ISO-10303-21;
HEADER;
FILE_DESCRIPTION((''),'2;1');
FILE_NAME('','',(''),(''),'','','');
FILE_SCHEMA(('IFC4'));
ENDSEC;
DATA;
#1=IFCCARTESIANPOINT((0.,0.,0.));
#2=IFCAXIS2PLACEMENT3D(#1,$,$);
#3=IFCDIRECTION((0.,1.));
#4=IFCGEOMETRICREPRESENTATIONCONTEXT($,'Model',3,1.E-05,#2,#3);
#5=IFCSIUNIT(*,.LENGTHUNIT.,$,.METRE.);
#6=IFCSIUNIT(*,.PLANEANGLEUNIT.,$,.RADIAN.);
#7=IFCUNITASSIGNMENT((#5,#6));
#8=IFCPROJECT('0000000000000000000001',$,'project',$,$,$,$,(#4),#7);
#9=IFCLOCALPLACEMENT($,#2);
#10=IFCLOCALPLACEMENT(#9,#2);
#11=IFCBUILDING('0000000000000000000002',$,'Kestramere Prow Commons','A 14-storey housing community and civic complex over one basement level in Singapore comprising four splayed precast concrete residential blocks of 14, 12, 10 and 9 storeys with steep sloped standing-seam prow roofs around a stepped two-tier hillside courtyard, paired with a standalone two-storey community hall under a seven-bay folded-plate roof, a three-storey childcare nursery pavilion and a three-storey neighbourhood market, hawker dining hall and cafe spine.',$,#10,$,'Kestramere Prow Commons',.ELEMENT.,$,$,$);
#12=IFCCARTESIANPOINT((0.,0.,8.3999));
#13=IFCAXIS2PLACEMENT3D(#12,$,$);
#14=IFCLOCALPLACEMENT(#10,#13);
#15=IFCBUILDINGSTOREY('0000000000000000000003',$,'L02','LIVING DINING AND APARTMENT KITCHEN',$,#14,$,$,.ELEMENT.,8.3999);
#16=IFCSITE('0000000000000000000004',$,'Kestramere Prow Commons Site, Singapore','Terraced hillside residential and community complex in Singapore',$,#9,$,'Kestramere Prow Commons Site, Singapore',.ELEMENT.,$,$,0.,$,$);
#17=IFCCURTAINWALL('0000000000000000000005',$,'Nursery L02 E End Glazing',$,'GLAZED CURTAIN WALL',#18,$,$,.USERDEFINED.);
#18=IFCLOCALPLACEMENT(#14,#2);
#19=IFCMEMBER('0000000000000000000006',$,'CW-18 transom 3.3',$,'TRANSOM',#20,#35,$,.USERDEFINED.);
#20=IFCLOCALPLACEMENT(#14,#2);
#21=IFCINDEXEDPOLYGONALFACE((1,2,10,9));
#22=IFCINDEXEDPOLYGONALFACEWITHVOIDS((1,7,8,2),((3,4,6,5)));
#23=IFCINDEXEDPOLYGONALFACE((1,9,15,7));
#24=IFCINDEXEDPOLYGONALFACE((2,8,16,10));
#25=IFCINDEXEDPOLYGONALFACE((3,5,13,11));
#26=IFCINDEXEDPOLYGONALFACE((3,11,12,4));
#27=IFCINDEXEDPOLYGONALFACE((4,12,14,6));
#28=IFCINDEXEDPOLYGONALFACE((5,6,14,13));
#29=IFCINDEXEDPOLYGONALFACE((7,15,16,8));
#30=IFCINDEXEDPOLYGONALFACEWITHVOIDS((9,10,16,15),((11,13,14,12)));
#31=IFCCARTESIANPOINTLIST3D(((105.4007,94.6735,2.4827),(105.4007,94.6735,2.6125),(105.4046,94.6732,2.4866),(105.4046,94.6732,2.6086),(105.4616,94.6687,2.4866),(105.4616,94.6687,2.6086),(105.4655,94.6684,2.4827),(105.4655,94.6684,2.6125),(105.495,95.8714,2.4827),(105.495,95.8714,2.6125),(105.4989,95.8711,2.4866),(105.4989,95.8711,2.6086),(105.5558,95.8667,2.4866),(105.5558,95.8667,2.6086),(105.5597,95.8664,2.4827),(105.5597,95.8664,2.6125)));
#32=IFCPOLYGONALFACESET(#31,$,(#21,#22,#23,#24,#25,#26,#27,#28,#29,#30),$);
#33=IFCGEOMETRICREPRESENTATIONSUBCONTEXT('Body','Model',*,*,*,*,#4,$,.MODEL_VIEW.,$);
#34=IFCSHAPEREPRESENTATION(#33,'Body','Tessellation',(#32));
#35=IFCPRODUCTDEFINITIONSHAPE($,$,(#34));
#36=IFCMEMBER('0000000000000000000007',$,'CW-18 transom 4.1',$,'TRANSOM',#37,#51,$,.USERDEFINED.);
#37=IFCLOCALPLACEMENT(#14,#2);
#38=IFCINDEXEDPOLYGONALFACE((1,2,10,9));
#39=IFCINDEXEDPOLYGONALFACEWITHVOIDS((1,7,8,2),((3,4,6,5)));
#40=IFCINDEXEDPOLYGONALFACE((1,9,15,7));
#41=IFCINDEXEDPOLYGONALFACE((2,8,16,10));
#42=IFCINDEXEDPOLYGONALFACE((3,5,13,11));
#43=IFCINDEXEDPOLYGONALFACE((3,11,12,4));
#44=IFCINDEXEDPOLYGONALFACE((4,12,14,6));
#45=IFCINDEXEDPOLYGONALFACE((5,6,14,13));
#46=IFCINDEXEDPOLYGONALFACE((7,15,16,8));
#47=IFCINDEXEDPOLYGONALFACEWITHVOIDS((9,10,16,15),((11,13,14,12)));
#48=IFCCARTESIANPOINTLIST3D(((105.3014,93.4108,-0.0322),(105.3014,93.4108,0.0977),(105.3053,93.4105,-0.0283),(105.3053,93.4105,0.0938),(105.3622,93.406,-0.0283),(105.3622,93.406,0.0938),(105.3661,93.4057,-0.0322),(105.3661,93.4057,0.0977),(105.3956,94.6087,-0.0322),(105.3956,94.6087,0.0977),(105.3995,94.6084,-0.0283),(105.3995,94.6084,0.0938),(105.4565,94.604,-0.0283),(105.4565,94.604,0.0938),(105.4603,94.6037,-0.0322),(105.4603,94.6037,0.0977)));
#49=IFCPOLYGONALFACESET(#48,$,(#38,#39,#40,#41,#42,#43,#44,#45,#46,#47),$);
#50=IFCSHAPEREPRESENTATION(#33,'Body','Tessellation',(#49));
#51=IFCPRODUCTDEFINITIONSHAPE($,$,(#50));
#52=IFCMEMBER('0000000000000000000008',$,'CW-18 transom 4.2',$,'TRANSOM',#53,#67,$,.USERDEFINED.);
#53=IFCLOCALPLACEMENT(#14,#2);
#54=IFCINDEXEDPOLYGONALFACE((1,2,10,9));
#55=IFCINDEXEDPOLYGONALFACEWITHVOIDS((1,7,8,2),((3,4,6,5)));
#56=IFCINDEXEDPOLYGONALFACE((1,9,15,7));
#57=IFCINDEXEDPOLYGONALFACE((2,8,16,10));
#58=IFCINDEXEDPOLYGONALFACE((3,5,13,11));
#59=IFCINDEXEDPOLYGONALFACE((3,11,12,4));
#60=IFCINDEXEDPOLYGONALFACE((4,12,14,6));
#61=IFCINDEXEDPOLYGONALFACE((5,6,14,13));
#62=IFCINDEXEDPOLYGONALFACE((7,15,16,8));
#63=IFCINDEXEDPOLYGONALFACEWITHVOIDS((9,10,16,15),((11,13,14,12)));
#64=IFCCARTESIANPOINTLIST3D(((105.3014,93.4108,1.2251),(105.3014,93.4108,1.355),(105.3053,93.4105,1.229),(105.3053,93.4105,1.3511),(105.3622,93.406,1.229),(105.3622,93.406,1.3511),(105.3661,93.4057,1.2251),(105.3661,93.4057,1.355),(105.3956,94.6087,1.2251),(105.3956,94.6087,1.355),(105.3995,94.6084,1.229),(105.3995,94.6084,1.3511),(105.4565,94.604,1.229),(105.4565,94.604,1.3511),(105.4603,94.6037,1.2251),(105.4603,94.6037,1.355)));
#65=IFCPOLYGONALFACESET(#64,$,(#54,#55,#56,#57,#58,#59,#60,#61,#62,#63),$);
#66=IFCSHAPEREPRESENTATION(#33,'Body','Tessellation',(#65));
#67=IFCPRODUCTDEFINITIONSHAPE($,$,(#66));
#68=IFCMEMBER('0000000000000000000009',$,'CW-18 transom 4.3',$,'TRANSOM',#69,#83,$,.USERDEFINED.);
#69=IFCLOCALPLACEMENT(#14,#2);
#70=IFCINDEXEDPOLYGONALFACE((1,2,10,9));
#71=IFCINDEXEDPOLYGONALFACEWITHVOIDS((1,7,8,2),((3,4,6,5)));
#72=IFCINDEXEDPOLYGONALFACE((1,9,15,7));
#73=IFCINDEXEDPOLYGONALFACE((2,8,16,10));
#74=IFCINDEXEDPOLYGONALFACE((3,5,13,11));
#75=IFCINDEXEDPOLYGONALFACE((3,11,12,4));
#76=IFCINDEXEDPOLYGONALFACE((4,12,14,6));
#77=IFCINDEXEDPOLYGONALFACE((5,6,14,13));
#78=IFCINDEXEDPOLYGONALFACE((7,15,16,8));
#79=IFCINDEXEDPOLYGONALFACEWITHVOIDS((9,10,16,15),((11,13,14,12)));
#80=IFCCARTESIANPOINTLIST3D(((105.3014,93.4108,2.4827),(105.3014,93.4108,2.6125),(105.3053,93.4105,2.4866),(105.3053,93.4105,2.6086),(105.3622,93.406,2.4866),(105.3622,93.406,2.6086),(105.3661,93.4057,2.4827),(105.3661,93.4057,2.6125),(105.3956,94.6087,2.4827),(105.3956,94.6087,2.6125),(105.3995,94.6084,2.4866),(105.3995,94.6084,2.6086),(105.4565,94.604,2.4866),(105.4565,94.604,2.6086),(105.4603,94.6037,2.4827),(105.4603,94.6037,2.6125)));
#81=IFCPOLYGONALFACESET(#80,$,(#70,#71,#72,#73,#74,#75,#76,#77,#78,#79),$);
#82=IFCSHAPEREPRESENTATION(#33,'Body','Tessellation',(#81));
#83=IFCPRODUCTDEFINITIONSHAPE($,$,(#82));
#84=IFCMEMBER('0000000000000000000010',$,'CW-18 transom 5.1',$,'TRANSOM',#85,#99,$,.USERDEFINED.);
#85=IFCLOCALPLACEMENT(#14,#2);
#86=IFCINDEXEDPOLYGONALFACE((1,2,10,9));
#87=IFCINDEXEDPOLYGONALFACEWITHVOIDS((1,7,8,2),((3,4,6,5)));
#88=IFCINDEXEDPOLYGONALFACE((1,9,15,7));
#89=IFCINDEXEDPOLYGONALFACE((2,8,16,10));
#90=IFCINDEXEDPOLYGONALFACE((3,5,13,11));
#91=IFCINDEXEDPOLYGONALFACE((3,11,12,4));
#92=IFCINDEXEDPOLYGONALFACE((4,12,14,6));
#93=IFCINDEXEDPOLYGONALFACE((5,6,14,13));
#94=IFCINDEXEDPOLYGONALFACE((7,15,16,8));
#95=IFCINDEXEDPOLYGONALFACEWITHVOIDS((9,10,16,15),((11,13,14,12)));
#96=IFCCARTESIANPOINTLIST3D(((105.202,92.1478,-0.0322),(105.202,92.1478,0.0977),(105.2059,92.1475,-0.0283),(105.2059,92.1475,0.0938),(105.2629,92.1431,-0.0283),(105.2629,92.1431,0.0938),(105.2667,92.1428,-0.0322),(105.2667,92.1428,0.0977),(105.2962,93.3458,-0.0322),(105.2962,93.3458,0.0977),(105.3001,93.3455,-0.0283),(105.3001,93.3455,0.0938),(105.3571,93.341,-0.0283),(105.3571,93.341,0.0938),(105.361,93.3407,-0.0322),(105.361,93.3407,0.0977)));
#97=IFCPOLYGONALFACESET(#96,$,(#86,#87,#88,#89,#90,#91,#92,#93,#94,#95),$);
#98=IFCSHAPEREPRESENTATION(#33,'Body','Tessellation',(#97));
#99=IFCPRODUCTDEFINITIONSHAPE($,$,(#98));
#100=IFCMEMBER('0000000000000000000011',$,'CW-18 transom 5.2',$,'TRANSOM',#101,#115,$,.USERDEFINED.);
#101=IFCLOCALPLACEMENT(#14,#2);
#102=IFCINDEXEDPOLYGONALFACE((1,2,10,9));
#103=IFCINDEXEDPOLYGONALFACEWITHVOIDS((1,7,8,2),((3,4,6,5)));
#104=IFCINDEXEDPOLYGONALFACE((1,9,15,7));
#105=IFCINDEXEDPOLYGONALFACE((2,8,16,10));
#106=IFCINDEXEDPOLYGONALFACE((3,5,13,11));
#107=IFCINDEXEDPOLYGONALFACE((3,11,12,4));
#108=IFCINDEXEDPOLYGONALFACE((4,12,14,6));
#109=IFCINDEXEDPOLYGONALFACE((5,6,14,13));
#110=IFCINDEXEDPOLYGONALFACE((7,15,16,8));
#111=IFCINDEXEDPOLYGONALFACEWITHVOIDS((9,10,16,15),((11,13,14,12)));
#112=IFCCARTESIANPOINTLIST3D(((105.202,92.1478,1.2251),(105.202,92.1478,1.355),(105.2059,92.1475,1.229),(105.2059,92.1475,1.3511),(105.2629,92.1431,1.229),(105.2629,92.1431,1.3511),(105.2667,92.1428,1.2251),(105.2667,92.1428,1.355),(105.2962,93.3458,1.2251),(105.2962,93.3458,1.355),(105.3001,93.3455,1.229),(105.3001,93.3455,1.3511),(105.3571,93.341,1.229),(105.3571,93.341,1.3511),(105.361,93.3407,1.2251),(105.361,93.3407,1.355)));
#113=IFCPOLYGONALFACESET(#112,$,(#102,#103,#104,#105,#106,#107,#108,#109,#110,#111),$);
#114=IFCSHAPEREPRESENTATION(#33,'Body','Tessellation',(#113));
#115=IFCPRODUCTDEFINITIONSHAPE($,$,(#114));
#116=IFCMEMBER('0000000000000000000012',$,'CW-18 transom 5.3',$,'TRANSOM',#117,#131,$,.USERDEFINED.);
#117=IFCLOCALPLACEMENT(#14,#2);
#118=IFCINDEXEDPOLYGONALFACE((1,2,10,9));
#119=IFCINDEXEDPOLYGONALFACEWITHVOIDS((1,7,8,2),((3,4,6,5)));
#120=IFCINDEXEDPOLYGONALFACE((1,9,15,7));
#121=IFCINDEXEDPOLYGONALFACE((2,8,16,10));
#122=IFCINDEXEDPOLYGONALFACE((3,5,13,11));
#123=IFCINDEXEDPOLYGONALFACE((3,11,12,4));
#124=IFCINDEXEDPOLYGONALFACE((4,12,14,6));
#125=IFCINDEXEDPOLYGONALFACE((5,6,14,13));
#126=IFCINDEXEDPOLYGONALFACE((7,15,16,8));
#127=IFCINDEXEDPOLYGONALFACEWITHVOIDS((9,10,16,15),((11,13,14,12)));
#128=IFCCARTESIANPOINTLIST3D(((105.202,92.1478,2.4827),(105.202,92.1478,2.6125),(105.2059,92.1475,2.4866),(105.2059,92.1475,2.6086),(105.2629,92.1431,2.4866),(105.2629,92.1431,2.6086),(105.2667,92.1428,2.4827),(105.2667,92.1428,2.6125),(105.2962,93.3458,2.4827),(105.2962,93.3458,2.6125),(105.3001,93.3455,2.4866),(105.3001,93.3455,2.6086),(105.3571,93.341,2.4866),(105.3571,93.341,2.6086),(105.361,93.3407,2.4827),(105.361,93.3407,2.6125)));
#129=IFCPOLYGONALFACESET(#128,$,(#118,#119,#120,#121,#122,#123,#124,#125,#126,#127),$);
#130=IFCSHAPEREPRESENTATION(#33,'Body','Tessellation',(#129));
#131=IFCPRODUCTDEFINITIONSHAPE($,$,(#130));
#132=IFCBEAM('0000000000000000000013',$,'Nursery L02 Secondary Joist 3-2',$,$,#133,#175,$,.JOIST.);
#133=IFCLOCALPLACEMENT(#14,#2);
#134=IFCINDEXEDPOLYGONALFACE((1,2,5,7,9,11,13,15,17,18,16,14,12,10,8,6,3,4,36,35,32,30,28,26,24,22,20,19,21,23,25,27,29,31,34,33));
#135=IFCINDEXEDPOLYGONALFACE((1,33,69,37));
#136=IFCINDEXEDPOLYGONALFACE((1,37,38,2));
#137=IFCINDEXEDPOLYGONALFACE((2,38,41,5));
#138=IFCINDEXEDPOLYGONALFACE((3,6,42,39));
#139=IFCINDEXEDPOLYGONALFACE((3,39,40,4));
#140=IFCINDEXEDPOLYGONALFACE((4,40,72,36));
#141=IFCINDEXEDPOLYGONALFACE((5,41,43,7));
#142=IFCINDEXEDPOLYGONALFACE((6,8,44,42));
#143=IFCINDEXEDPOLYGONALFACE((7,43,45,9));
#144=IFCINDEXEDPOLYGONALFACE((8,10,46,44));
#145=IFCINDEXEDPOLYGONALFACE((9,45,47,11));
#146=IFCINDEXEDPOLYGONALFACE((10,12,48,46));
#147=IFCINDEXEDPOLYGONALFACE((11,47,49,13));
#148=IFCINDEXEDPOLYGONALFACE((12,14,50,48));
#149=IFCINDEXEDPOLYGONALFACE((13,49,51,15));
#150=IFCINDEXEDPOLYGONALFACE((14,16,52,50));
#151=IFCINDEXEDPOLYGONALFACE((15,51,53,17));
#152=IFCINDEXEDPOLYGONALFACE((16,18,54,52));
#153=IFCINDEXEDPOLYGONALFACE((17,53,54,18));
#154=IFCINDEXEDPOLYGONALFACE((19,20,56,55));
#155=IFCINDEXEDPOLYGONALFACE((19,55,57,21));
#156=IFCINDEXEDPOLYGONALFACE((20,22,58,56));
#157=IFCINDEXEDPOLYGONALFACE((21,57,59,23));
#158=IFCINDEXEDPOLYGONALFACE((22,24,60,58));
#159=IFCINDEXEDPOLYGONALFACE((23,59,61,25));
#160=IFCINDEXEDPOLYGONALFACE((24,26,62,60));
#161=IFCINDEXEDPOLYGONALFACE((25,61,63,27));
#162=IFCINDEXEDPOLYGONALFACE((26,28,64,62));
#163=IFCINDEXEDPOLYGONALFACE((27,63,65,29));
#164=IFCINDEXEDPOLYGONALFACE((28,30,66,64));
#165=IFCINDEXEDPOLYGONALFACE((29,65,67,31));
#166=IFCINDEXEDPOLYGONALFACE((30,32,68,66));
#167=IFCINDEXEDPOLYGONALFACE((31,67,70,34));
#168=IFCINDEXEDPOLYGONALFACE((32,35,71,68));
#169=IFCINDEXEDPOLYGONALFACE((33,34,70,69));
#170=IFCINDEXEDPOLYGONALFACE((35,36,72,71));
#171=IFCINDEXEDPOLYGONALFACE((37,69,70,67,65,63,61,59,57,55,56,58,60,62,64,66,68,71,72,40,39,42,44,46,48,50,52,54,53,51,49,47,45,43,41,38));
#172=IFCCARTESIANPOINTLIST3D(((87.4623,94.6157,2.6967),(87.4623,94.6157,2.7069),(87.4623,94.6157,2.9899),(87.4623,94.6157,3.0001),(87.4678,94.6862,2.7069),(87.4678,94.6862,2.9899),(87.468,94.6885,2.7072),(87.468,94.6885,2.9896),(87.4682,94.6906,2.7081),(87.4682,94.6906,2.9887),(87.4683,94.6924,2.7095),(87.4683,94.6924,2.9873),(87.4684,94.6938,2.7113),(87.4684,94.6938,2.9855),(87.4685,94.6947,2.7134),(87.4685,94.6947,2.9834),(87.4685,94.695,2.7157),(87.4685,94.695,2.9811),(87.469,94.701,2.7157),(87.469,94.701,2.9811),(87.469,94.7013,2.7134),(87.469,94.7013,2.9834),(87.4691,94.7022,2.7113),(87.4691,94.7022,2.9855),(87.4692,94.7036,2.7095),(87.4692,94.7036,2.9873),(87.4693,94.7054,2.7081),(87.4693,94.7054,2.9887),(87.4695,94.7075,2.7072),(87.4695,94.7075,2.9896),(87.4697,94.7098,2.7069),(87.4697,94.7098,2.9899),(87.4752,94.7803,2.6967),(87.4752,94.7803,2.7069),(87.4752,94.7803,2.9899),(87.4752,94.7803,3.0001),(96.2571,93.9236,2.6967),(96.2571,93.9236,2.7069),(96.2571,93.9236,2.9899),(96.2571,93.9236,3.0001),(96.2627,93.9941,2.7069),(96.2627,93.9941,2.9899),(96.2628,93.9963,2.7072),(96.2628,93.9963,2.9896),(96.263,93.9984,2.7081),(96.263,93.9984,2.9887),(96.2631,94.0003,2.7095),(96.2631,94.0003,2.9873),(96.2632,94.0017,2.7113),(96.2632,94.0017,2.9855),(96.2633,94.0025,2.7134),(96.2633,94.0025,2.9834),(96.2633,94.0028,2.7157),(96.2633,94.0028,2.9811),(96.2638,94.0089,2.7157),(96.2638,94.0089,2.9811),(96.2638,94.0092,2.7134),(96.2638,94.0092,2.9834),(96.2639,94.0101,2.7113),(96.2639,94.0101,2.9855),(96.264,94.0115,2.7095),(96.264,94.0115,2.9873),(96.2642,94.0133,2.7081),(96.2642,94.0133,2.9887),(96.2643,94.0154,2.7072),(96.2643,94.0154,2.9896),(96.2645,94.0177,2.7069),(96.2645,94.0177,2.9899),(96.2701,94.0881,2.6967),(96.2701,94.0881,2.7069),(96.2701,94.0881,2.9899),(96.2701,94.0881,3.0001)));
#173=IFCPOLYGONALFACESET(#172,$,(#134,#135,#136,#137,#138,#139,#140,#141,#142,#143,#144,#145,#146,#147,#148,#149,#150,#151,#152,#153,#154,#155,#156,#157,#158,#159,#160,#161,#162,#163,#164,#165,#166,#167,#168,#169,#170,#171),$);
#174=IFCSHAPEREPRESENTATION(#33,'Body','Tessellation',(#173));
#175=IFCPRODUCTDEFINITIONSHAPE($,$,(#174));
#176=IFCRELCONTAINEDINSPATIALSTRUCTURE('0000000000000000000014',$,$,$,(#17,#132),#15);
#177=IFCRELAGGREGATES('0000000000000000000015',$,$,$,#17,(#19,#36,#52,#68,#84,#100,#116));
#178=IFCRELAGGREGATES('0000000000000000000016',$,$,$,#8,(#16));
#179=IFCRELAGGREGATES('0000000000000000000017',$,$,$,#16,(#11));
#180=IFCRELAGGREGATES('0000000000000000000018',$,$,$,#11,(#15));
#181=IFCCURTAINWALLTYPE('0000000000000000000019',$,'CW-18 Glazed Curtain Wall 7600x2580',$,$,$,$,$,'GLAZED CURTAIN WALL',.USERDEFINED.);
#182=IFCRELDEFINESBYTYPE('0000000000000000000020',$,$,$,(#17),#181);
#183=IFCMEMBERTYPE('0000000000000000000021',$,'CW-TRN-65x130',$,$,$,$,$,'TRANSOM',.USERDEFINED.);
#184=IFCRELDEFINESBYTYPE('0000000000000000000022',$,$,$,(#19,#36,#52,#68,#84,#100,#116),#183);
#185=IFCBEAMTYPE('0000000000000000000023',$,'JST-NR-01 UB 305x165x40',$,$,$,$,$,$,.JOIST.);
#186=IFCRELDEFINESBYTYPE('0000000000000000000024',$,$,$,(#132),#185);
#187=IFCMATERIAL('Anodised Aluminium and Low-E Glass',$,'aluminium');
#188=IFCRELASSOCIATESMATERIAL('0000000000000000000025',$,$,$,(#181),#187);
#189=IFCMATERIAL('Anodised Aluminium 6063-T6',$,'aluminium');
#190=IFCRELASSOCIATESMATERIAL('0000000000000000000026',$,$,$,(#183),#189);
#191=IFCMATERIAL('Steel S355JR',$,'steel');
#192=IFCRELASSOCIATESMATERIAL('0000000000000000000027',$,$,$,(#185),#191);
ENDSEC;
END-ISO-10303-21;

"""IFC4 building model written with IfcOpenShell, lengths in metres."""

from ifc_helpers import new_model, si_unit, direction, frame, origin, origin_2d, place, context, subcontext, project, spatial, hollow_rectangle, i_section, extrude, material, material_profile, profile_set, type_object, element, aggregate, save


model = new_model("IFC4")

# Units and contexts
model_context = context("Model", 3, precision=1e-05, world=origin(), true_north=direction((0.0, 1.0)))
body_context = subcontext(model_context, "Body", "Model", "MODEL_VIEW")
ifc_project = project(units=[si_unit("LENGTHUNIT", "METRE"), si_unit("PLANEANGLEUNIT", "RADIAN")], contexts=[model_context])

# Site, building, storey
site_placement = place(None, origin())
site = spatial("IfcSite", under=ifc_project, at=site_placement, Name="Kestramere Prow Commons Site, Singapore", Description="Terraced hillside residential and community complex in Singapore", LongName="Kestramere Prow Commons Site, Singapore", CompositionType="ELEMENT", RefElevation=0.0)
building_placement = place(site_placement, origin())
building = spatial("IfcBuilding", under=site, at=building_placement, Name="Kestramere Prow Commons", Description="A 14-storey housing community and civic complex over one basement level in Singapore comprising four splayed precast concrete residential blocks of 14, 12, 10 and 9 storeys with steep sloped standing-seam prow roofs around a stepped two-tier hillside courtyard, paired with a standalone two-storey community hall under a seven-bay folded-plate roof, a three-storey childcare nursery pavilion and a three-storey neighbourhood market, hawker dining hall and cafe spine.", LongName="Kestramere Prow Commons", CompositionType="ELEMENT")
storey_placement = place(building_placement, frame((0.0, 0.0, 8.3999)))
storey = spatial("IfcBuildingStorey", under=building, at=storey_placement, Name="L02", Description="LIVING DINING AND APARTMENT KITCHEN", CompositionType="ELEMENT", Elevation=8.3999)

# Shared definitions
ifc_material_1 = material(Name="Steel S355JR", Category="steel")

# Curtain wall, members
ifc_material_2 = material(Name="Anodised Aluminium and Low-E Glass", Category="aluminium")
curtain_wall_type = type_object("IfcCurtainWallType", Name="CW-18 Glazed Curtain Wall 7600x2580", ElementType="GLAZED CURTAIN WALL", PredefinedType="USERDEFINED", material=ifc_material_2)
curtain_wall_placement = place(storey_placement, origin())
curtain_wall = element("IfcCurtainWall", 1, at=curtain_wall_placement, inside=storey, type_object=curtain_wall_type, Name="Nursery L02 E End Glazing", ObjectType="GLAZED CURTAIN WALL", PredefinedType="USERDEFINED")
ifc_material_3 = material(Name="Anodised Aluminium 6063-T6", Category="aluminium")
ifc_material_profile_1 = material_profile(ifc_material_3, hollow_rectangle(XDim=0.0649, YDim=0.1299, WallThickness=0.0039, at=origin_2d()), Name="ALU-TRN 65x130")
ifc_profile_set_1 = profile_set([ifc_material_profile_1], Name="Anodised Aluminium 6063-T6")
member_type_1 = type_object("IfcMemberType", Name="CW-TRN-65x130", ElementType="TRANSOM", PredefinedType="USERDEFINED", material=ifc_profile_set_1)
member_1_placement = place(storey_placement, frame((105.5273, 95.8689, 2.5476), z_axis=(-0.078421, -0.99692, 0.0), x_axis=(0.99692, -0.078421, 0.0)))
member_1 = element("IfcMember", 2, at=member_1_placement, type_object=member_type_1, Name="CW-18 transom 3.3", ObjectType="TRANSOM", PredefinedType="USERDEFINED", context=body_context, shape_type="SweptSolid", body=[
    extrude(hollow_rectangle(XDim=0.0649, YDim=0.1299, WallThickness=0.0039, at=origin_2d()), origin(), (0.0, 0.0, 1.0), 1.2017),
])
member_2_placement = place(storey_placement, frame((105.428, 94.6062, 0.0327), z_axis=(-0.078421, -0.99692, 0.0), x_axis=(0.99692, -0.078421, 0.0)))
member_2 = element("IfcMember", 3, at=member_2_placement, type_object=member_type_1, Name="CW-18 transom 4.1", ObjectType="TRANSOM", PredefinedType="USERDEFINED", context=body_context, shape_type="SweptSolid", body=[
    extrude(hollow_rectangle(XDim=0.0649, YDim=0.1299, WallThickness=0.0039, at=origin_2d()), origin(), (0.0, 0.0, 1.0), 1.2017),
])
member_3_placement = place(storey_placement, frame((105.428, 94.6062, 1.29), z_axis=(-0.078421, -0.99692, 0.0), x_axis=(0.99692, -0.078421, 0.0)))
member_3 = element("IfcMember", 4, at=member_3_placement, type_object=member_type_1, Name="CW-18 transom 4.2", ObjectType="TRANSOM", PredefinedType="USERDEFINED", context=body_context, shape_type="SweptSolid", body=[
    extrude(hollow_rectangle(XDim=0.0649, YDim=0.1299, WallThickness=0.0039, at=origin_2d()), origin(), (0.0, 0.0, 1.0), 1.2017),
])
member_4_placement = place(storey_placement, frame((105.428, 94.6062, 2.5476), z_axis=(-0.078421, -0.99692, 0.0), x_axis=(0.99692, -0.078421, 0.0)))
member_4 = element("IfcMember", 5, at=member_4_placement, type_object=member_type_1, Name="CW-18 transom 4.3", ObjectType="TRANSOM", PredefinedType="USERDEFINED", context=body_context, shape_type="SweptSolid", body=[
    extrude(hollow_rectangle(XDim=0.0649, YDim=0.1299, WallThickness=0.0039, at=origin_2d()), origin(), (0.0, 0.0, 1.0), 1.2017),
])
member_5_placement = place(storey_placement, frame((105.3286, 93.3433, 0.0327), z_axis=(-0.078421, -0.99692, 0.0), x_axis=(0.99692, -0.078421, 0.0)))
member_5 = element("IfcMember", 6, at=member_5_placement, type_object=member_type_1, Name="CW-18 transom 5.1", ObjectType="TRANSOM", PredefinedType="USERDEFINED", context=body_context, shape_type="SweptSolid", body=[
    extrude(hollow_rectangle(XDim=0.0649, YDim=0.1299, WallThickness=0.0039, at=origin_2d()), origin(), (0.0, 0.0, 1.0), 1.2017),
])
member_6_placement = place(storey_placement, frame((105.3286, 93.3433, 1.29), z_axis=(-0.078421, -0.99692, 0.0), x_axis=(0.99692, -0.078421, 0.0)))
member_6 = element("IfcMember", 7, at=member_6_placement, type_object=member_type_1, Name="CW-18 transom 5.2", ObjectType="TRANSOM", PredefinedType="USERDEFINED", context=body_context, shape_type="SweptSolid", body=[
    extrude(hollow_rectangle(XDim=0.0649, YDim=0.1299, WallThickness=0.0039, at=origin_2d()), origin(), (0.0, 0.0, 1.0), 1.2017),
])
member_7_placement = place(storey_placement, frame((105.3286, 93.3433, 2.5476), z_axis=(-0.078421, -0.99692, 0.0), x_axis=(0.99692, -0.078421, 0.0)))
member_7 = element("IfcMember", 8, at=member_7_placement, type_object=member_type_1, Name="CW-18 transom 5.3", ObjectType="TRANSOM", PredefinedType="USERDEFINED", context=body_context, shape_type="SweptSolid", body=[
    extrude(hollow_rectangle(XDim=0.0649, YDim=0.1299, WallThickness=0.0039, at=origin_2d()), origin(), (0.0, 0.0, 1.0), 1.2017),
])

# Beam
ifc_material_profile_2 = material_profile(ifc_material_1, i_section(OverallWidth=0.165, OverallDepth=0.3035, WebThickness=0.0061, FlangeThickness=0.0103, FilletRadius=0.0088, at=origin_2d()), Name="UB 305x165x40")
ifc_profile_set_2 = profile_set([ifc_material_profile_2], Name="Steel S355JR")
beam_type_1 = type_object("IfcBeamType", Name="JST-NR-01 UB 305x165x40", PredefinedType="JOIST", material=ifc_profile_set_2)
for number, where, z_axis, x_axis, name in (
    (9, (87.4688, 94.698, 2.8484), (0.996918, -0.078455, 0.0), (0.078455, 0.996918, 0.0), "Nursery L02 Secondary Joist 3-2"),
):
    element("IfcBeam", number, at=place(storey_placement, frame(where, z_axis=z_axis, x_axis=x_axis)), inside=storey, type_object=beam_type_1, Name=name, PredefinedType="JOIST", context=body_context, shape_type="SweptSolid", body=[
        extrude(i_section(OverallWidth=0.165, OverallDepth=0.3035, WebThickness=0.0061, FlangeThickness=0.0103, FilletRadius=0.0088, at=origin_2d()), origin(), (0.0, 0.0, 1.0), 8.822),
    ])

aggregate(curtain_wall, [member_1, member_2, member_3, member_4, member_5, member_6, member_7])

save(model, "model.ifc")
